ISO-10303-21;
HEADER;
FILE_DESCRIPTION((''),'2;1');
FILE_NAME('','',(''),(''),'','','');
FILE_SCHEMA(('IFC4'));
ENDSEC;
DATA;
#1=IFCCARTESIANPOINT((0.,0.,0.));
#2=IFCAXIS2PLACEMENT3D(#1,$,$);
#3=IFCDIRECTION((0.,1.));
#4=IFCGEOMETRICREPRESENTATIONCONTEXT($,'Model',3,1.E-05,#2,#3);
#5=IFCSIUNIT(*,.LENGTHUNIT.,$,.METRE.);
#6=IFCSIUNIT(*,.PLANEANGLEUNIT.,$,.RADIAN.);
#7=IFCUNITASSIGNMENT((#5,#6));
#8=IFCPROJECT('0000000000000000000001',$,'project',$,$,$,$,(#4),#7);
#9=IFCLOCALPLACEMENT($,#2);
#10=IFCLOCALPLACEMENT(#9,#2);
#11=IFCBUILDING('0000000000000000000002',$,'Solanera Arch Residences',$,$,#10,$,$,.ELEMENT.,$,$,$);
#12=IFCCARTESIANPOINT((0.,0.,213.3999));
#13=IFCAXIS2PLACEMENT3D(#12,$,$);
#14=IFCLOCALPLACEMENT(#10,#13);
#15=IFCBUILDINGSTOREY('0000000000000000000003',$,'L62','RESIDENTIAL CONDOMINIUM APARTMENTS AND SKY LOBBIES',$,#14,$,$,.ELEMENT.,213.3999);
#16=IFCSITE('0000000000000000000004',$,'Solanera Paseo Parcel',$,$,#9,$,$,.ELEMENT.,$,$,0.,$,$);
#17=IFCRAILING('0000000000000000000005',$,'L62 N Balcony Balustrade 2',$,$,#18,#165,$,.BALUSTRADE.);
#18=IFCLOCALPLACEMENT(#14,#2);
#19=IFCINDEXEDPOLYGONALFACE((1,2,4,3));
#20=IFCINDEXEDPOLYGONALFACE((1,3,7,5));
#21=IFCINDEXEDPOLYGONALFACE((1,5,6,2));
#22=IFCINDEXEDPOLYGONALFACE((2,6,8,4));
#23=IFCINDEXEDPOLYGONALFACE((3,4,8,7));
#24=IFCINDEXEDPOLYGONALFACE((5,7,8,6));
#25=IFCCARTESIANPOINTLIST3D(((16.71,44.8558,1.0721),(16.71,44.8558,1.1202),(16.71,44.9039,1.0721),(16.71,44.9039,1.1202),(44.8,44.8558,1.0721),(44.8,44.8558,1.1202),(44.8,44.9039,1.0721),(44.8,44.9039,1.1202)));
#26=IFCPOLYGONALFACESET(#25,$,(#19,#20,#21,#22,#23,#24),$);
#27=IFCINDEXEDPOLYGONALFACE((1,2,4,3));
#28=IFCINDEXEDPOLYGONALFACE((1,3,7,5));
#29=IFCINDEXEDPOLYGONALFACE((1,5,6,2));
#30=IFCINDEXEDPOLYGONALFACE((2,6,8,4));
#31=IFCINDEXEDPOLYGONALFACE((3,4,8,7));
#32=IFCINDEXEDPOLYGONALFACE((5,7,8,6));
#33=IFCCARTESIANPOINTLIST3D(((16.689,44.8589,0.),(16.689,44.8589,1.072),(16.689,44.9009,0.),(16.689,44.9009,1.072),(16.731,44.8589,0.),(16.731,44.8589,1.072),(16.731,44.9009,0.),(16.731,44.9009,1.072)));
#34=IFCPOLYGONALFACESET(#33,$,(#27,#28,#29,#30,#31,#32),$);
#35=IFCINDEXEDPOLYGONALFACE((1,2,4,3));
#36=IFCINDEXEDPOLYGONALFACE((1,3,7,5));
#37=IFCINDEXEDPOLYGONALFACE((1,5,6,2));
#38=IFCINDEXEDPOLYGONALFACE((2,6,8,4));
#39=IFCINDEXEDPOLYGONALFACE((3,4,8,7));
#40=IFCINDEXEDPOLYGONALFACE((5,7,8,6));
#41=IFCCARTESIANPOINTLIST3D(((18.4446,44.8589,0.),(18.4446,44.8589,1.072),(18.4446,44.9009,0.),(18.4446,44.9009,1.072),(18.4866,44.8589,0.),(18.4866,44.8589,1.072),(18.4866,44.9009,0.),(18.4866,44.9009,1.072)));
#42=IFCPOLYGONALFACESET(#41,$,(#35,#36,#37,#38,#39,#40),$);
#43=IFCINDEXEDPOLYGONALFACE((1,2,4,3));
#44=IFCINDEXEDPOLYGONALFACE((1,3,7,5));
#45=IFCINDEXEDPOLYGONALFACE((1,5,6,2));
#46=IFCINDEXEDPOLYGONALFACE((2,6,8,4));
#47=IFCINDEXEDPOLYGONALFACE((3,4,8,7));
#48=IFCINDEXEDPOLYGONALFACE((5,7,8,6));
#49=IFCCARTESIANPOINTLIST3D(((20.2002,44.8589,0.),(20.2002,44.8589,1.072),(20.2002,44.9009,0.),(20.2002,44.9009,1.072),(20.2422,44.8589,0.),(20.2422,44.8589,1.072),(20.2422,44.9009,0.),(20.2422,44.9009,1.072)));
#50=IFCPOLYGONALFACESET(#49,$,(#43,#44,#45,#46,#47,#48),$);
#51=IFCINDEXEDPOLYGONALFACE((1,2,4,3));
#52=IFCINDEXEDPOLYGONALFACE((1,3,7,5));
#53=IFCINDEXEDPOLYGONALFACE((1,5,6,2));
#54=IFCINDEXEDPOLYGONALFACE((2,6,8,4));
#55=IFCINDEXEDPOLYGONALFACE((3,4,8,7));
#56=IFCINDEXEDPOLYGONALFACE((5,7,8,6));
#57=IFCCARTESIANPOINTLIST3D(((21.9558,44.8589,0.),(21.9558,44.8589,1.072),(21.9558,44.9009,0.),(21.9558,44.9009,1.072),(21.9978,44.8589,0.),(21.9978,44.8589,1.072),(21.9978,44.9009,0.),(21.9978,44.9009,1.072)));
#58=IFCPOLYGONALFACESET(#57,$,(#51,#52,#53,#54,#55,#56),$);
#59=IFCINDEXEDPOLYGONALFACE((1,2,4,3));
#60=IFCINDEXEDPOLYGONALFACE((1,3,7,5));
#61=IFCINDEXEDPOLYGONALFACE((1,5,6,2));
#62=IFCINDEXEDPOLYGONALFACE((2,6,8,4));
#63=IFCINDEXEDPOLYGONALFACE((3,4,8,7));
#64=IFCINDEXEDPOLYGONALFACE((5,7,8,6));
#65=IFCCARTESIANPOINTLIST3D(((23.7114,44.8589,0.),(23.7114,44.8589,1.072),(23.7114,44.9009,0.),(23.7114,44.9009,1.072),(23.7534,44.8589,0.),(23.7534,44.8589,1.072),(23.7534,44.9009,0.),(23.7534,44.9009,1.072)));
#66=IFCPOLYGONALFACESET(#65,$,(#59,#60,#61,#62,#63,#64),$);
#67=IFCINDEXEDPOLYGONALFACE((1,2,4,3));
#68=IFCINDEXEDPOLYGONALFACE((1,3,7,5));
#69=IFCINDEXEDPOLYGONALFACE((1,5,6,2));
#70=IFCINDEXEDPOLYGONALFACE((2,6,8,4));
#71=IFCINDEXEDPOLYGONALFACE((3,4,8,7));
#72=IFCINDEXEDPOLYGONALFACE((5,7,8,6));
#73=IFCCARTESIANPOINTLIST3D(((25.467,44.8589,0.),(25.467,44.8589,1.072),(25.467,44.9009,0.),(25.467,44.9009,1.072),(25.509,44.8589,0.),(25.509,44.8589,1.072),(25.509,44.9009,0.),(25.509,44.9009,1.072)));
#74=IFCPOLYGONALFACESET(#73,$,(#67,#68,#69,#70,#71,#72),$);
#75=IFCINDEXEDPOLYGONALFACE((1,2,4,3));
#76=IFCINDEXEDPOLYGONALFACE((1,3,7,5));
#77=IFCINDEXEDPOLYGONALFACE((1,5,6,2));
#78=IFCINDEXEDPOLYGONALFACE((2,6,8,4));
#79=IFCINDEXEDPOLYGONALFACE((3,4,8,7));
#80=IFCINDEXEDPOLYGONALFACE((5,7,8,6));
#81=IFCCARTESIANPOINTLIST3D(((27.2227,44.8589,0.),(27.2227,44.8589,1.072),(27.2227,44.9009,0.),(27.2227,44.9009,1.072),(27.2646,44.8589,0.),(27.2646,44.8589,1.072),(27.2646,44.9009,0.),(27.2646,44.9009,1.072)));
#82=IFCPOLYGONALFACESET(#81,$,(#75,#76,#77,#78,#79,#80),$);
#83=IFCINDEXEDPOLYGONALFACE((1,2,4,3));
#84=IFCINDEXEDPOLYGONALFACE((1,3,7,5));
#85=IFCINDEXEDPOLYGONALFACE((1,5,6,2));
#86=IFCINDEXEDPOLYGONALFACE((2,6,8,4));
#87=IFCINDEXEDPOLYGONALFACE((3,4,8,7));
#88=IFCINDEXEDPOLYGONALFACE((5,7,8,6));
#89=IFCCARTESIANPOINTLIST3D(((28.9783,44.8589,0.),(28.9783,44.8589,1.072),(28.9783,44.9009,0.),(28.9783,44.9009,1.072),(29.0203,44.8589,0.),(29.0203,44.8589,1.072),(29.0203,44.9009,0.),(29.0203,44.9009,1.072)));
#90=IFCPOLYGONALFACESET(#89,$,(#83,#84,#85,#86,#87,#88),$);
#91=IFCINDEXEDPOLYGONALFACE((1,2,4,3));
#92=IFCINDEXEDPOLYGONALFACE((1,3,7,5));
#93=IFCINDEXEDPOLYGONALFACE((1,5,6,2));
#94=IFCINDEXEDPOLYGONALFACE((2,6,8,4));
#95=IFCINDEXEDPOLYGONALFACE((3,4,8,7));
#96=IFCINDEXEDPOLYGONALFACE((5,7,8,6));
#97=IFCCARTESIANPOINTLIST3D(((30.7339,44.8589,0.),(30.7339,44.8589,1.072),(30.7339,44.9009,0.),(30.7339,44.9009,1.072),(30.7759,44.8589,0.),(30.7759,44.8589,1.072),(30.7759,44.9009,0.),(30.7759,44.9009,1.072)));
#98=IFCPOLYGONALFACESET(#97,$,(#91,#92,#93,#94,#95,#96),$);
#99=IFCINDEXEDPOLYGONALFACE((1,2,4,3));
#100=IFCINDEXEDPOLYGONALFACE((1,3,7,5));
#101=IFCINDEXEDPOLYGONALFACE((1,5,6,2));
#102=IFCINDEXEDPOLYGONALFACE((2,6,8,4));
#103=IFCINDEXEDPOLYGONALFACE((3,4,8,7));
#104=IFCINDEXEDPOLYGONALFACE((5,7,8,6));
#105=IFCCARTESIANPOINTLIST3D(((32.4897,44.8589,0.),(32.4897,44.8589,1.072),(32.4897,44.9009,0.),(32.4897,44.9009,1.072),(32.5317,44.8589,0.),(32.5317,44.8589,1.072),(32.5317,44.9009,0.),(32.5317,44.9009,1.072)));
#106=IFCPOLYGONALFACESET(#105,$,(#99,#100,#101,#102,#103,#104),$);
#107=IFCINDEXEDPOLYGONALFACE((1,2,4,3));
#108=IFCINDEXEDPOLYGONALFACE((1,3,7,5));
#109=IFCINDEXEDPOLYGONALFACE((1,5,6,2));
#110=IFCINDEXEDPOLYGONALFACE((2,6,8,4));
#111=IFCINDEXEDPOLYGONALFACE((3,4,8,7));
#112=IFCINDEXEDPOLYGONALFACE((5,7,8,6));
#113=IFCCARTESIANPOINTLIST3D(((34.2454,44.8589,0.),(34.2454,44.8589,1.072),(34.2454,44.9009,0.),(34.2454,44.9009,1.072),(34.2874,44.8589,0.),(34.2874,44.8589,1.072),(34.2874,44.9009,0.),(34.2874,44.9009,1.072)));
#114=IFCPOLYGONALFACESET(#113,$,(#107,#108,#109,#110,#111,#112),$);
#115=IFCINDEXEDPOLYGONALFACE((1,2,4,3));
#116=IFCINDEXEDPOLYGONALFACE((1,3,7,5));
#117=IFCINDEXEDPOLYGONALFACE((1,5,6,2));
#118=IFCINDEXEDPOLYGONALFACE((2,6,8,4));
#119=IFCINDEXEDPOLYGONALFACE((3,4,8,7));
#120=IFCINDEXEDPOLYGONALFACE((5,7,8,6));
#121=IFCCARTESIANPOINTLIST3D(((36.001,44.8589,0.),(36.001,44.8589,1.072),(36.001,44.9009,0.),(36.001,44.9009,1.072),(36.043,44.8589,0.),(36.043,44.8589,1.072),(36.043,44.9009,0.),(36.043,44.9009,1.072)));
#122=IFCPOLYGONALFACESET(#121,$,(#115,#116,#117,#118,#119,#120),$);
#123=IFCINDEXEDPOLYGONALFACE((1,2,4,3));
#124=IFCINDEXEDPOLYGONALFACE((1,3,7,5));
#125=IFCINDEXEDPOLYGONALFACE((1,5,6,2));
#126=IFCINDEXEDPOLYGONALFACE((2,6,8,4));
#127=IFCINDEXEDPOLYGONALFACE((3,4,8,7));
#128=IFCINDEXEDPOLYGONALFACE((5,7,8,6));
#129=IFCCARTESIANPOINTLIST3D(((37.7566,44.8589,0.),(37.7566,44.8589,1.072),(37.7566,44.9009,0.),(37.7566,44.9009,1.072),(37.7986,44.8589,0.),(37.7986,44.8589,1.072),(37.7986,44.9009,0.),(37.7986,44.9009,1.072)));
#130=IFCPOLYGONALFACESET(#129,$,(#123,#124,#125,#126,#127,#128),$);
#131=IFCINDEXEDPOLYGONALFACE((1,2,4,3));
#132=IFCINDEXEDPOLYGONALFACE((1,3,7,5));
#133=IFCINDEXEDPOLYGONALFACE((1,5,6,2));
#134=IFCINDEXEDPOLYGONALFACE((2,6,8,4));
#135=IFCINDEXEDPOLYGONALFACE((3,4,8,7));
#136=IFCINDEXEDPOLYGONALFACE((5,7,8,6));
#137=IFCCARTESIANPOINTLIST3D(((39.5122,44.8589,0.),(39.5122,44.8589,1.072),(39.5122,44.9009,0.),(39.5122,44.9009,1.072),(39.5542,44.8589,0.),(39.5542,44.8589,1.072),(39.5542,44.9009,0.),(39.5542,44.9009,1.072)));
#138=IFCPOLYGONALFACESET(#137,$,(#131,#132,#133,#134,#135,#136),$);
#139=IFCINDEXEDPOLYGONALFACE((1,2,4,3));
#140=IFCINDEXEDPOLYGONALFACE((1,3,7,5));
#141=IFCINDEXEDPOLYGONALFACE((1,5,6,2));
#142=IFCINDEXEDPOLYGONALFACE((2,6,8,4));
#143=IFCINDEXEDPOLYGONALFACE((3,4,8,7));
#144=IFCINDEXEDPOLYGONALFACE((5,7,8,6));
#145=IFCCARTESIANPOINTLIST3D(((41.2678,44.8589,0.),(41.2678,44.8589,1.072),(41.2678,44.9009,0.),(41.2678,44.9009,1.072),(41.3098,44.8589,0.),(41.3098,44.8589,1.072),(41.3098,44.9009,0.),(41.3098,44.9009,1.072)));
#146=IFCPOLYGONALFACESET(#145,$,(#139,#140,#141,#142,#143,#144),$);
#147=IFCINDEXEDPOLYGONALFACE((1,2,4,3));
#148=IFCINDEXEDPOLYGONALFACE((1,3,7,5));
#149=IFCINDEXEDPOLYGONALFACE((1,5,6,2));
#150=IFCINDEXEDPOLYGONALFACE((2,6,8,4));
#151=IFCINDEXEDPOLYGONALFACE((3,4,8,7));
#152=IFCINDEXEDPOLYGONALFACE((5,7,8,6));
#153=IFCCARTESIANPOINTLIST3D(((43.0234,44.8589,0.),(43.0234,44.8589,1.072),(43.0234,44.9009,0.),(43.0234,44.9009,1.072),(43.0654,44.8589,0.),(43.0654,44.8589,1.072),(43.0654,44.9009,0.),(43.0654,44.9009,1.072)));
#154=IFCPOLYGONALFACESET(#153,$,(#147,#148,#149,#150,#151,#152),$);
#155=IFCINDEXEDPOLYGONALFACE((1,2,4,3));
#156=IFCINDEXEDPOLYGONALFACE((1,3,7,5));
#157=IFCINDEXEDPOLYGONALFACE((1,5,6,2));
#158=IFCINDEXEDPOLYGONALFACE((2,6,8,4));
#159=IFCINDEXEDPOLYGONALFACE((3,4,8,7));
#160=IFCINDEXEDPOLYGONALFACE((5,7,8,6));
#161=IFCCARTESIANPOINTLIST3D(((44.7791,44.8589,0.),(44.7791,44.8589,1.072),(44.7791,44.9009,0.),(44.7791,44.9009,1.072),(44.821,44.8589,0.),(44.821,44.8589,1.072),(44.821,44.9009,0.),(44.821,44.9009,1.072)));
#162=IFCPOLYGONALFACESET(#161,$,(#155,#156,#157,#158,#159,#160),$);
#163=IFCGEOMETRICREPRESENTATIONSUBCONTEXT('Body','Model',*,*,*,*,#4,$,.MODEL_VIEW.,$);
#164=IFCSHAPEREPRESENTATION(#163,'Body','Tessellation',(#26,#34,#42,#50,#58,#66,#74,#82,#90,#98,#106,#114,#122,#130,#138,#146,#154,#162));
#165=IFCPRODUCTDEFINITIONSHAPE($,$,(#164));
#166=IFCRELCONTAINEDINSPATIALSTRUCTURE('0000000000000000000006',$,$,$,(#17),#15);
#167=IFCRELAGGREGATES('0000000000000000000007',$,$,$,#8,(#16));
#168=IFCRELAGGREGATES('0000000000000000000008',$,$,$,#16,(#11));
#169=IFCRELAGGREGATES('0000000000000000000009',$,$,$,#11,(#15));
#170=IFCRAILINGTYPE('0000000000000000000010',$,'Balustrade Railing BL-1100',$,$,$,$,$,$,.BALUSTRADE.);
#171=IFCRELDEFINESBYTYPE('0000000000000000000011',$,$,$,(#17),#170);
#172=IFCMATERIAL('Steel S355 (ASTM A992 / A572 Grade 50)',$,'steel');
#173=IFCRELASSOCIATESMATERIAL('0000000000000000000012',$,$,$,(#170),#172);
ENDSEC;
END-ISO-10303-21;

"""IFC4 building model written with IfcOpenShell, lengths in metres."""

from ifc_helpers import new_model, si_unit, direction, frame, origin, origin_2d, place, context, subcontext, project, spatial, rectangle, extrude, material, type_object, element, save


model = new_model("IFC4")

# Units and contexts
model_context = context("Model", 3, precision=1e-05, world=origin(), true_north=direction((0.0, 1.0)))
body_context = subcontext(model_context, "Body", "Model", "MODEL_VIEW")
ifc_project = project(units=[si_unit("LENGTHUNIT", "METRE"), si_unit("PLANEANGLEUNIT", "RADIAN")], contexts=[model_context])

# Site, building, storey
site_placement = place(None, origin())
site = spatial("IfcSite", under=ifc_project, at=site_placement, Name="Solanera Paseo Parcel", CompositionType="ELEMENT", RefElevation=0.0)
building_placement = place(site_placement, origin())
building = spatial("IfcBuilding", under=site, at=building_placement, Name="Solanera Arch Residences", CompositionType="ELEMENT")
storey_placement = place(building_placement, frame((0.0, 0.0, 213.3999)))
storey = spatial("IfcBuildingStorey", under=building, at=storey_placement, Name="L62", Description="RESIDENTIAL CONDOMINIUM APARTMENTS AND SKY LOBBIES", CompositionType="ELEMENT", Elevation=213.3999)

# Railing
ifc_material_1 = material(Name="Steel S355 (ASTM A992 / A572 Grade 50)", Category="steel")
railing_type = type_object("IfcRailingType", Name="Balustrade Railing BL-1100", PredefinedType="BALUSTRADE", material=ifc_material_1)
railing_placement = place(storey_placement, frame((16.71, 44.8799, 0.0)))
element("IfcRailing", 1, at=railing_placement, inside=storey, type_object=railing_type, Name="L62 N Balcony Balustrade 2", PredefinedType="BALUSTRADE", context=body_context, shape_type="SweptSolid", body=[
    extrude(rectangle(XDim=0.0481, YDim=0.0481, at=origin_2d()), frame((0.0, 0.0, 1.0962), z_axis=(1.0, 0.0, 0.0), x_axis=(0.0, 1.0, 0.0)), (0.0, 0.0, 1.0), 28.0901),
    extrude(rectangle(XDim=0.042, YDim=0.042, at=origin_2d()), origin(), (0.0, 0.0, 1.0), 1.072),
    extrude(rectangle(XDim=0.042, YDim=0.042, at=origin_2d()), frame((1.7556, 0.0, 0.0)), (0.0, 0.0, 1.0), 1.072),
    extrude(rectangle(XDim=0.042, YDim=0.042, at=origin_2d()), frame((3.5112, 0.0, 0.0)), (0.0, 0.0, 1.0), 1.072),
    extrude(rectangle(XDim=0.042, YDim=0.042, at=origin_2d()), frame((5.2668, 0.0, 0.0)), (0.0, 0.0, 1.0), 1.072),
    extrude(rectangle(XDim=0.042, YDim=0.042, at=origin_2d()), frame((7.0225, 0.0, 0.0)), (0.0, 0.0, 1.0), 1.072),
    extrude(rectangle(XDim=0.042, YDim=0.042, at=origin_2d()), frame((8.7781, 0.0, 0.0)), (0.0, 0.0, 1.0), 1.072),
    extrude(rectangle(XDim=0.042, YDim=0.042, at=origin_2d()), frame((10.5337, 0.0, 0.0)), (0.0, 0.0, 1.0), 1.072),
    extrude(rectangle(XDim=0.042, YDim=0.042, at=origin_2d()), frame((12.2893, 0.0, 0.0)), (0.0, 0.0, 1.0), 1.072),
    extrude(rectangle(XDim=0.042, YDim=0.042, at=origin_2d()), frame((14.0449, 0.0, 0.0)), (0.0, 0.0, 1.0), 1.072),
    extrude(rectangle(XDim=0.042, YDim=0.042, at=origin_2d()), frame((15.8008, 0.0, 0.0)), (0.0, 0.0, 1.0), 1.072),
    extrude(rectangle(XDim=0.042, YDim=0.042, at=origin_2d()), frame((17.5564, 0.0, 0.0)), (0.0, 0.0, 1.0), 1.072),
    extrude(rectangle(XDim=0.042, YDim=0.042, at=origin_2d()), frame((19.312, 0.0, 0.0)), (0.0, 0.0, 1.0), 1.072),
    extrude(rectangle(XDim=0.042, YDim=0.042, at=origin_2d()), frame((21.0676, 0.0, 0.0)), (0.0, 0.0, 1.0), 1.072),
    extrude(rectangle(XDim=0.042, YDim=0.042, at=origin_2d()), frame((22.8232, 0.0, 0.0)), (0.0, 0.0, 1.0), 1.072),
    extrude(rectangle(XDim=0.042, YDim=0.042, at=origin_2d()), frame((24.5789, 0.0, 0.0)), (0.0, 0.0, 1.0), 1.072),
    extrude(rectangle(XDim=0.042, YDim=0.042, at=origin_2d()), frame((26.3345, 0.0, 0.0)), (0.0, 0.0, 1.0), 1.072),
    extrude(rectangle(XDim=0.042, YDim=0.042, at=origin_2d()), frame((28.0901, 0.0, 0.0)), (0.0, 0.0, 1.0), 1.072),
])

save(model, "model.ifc")
